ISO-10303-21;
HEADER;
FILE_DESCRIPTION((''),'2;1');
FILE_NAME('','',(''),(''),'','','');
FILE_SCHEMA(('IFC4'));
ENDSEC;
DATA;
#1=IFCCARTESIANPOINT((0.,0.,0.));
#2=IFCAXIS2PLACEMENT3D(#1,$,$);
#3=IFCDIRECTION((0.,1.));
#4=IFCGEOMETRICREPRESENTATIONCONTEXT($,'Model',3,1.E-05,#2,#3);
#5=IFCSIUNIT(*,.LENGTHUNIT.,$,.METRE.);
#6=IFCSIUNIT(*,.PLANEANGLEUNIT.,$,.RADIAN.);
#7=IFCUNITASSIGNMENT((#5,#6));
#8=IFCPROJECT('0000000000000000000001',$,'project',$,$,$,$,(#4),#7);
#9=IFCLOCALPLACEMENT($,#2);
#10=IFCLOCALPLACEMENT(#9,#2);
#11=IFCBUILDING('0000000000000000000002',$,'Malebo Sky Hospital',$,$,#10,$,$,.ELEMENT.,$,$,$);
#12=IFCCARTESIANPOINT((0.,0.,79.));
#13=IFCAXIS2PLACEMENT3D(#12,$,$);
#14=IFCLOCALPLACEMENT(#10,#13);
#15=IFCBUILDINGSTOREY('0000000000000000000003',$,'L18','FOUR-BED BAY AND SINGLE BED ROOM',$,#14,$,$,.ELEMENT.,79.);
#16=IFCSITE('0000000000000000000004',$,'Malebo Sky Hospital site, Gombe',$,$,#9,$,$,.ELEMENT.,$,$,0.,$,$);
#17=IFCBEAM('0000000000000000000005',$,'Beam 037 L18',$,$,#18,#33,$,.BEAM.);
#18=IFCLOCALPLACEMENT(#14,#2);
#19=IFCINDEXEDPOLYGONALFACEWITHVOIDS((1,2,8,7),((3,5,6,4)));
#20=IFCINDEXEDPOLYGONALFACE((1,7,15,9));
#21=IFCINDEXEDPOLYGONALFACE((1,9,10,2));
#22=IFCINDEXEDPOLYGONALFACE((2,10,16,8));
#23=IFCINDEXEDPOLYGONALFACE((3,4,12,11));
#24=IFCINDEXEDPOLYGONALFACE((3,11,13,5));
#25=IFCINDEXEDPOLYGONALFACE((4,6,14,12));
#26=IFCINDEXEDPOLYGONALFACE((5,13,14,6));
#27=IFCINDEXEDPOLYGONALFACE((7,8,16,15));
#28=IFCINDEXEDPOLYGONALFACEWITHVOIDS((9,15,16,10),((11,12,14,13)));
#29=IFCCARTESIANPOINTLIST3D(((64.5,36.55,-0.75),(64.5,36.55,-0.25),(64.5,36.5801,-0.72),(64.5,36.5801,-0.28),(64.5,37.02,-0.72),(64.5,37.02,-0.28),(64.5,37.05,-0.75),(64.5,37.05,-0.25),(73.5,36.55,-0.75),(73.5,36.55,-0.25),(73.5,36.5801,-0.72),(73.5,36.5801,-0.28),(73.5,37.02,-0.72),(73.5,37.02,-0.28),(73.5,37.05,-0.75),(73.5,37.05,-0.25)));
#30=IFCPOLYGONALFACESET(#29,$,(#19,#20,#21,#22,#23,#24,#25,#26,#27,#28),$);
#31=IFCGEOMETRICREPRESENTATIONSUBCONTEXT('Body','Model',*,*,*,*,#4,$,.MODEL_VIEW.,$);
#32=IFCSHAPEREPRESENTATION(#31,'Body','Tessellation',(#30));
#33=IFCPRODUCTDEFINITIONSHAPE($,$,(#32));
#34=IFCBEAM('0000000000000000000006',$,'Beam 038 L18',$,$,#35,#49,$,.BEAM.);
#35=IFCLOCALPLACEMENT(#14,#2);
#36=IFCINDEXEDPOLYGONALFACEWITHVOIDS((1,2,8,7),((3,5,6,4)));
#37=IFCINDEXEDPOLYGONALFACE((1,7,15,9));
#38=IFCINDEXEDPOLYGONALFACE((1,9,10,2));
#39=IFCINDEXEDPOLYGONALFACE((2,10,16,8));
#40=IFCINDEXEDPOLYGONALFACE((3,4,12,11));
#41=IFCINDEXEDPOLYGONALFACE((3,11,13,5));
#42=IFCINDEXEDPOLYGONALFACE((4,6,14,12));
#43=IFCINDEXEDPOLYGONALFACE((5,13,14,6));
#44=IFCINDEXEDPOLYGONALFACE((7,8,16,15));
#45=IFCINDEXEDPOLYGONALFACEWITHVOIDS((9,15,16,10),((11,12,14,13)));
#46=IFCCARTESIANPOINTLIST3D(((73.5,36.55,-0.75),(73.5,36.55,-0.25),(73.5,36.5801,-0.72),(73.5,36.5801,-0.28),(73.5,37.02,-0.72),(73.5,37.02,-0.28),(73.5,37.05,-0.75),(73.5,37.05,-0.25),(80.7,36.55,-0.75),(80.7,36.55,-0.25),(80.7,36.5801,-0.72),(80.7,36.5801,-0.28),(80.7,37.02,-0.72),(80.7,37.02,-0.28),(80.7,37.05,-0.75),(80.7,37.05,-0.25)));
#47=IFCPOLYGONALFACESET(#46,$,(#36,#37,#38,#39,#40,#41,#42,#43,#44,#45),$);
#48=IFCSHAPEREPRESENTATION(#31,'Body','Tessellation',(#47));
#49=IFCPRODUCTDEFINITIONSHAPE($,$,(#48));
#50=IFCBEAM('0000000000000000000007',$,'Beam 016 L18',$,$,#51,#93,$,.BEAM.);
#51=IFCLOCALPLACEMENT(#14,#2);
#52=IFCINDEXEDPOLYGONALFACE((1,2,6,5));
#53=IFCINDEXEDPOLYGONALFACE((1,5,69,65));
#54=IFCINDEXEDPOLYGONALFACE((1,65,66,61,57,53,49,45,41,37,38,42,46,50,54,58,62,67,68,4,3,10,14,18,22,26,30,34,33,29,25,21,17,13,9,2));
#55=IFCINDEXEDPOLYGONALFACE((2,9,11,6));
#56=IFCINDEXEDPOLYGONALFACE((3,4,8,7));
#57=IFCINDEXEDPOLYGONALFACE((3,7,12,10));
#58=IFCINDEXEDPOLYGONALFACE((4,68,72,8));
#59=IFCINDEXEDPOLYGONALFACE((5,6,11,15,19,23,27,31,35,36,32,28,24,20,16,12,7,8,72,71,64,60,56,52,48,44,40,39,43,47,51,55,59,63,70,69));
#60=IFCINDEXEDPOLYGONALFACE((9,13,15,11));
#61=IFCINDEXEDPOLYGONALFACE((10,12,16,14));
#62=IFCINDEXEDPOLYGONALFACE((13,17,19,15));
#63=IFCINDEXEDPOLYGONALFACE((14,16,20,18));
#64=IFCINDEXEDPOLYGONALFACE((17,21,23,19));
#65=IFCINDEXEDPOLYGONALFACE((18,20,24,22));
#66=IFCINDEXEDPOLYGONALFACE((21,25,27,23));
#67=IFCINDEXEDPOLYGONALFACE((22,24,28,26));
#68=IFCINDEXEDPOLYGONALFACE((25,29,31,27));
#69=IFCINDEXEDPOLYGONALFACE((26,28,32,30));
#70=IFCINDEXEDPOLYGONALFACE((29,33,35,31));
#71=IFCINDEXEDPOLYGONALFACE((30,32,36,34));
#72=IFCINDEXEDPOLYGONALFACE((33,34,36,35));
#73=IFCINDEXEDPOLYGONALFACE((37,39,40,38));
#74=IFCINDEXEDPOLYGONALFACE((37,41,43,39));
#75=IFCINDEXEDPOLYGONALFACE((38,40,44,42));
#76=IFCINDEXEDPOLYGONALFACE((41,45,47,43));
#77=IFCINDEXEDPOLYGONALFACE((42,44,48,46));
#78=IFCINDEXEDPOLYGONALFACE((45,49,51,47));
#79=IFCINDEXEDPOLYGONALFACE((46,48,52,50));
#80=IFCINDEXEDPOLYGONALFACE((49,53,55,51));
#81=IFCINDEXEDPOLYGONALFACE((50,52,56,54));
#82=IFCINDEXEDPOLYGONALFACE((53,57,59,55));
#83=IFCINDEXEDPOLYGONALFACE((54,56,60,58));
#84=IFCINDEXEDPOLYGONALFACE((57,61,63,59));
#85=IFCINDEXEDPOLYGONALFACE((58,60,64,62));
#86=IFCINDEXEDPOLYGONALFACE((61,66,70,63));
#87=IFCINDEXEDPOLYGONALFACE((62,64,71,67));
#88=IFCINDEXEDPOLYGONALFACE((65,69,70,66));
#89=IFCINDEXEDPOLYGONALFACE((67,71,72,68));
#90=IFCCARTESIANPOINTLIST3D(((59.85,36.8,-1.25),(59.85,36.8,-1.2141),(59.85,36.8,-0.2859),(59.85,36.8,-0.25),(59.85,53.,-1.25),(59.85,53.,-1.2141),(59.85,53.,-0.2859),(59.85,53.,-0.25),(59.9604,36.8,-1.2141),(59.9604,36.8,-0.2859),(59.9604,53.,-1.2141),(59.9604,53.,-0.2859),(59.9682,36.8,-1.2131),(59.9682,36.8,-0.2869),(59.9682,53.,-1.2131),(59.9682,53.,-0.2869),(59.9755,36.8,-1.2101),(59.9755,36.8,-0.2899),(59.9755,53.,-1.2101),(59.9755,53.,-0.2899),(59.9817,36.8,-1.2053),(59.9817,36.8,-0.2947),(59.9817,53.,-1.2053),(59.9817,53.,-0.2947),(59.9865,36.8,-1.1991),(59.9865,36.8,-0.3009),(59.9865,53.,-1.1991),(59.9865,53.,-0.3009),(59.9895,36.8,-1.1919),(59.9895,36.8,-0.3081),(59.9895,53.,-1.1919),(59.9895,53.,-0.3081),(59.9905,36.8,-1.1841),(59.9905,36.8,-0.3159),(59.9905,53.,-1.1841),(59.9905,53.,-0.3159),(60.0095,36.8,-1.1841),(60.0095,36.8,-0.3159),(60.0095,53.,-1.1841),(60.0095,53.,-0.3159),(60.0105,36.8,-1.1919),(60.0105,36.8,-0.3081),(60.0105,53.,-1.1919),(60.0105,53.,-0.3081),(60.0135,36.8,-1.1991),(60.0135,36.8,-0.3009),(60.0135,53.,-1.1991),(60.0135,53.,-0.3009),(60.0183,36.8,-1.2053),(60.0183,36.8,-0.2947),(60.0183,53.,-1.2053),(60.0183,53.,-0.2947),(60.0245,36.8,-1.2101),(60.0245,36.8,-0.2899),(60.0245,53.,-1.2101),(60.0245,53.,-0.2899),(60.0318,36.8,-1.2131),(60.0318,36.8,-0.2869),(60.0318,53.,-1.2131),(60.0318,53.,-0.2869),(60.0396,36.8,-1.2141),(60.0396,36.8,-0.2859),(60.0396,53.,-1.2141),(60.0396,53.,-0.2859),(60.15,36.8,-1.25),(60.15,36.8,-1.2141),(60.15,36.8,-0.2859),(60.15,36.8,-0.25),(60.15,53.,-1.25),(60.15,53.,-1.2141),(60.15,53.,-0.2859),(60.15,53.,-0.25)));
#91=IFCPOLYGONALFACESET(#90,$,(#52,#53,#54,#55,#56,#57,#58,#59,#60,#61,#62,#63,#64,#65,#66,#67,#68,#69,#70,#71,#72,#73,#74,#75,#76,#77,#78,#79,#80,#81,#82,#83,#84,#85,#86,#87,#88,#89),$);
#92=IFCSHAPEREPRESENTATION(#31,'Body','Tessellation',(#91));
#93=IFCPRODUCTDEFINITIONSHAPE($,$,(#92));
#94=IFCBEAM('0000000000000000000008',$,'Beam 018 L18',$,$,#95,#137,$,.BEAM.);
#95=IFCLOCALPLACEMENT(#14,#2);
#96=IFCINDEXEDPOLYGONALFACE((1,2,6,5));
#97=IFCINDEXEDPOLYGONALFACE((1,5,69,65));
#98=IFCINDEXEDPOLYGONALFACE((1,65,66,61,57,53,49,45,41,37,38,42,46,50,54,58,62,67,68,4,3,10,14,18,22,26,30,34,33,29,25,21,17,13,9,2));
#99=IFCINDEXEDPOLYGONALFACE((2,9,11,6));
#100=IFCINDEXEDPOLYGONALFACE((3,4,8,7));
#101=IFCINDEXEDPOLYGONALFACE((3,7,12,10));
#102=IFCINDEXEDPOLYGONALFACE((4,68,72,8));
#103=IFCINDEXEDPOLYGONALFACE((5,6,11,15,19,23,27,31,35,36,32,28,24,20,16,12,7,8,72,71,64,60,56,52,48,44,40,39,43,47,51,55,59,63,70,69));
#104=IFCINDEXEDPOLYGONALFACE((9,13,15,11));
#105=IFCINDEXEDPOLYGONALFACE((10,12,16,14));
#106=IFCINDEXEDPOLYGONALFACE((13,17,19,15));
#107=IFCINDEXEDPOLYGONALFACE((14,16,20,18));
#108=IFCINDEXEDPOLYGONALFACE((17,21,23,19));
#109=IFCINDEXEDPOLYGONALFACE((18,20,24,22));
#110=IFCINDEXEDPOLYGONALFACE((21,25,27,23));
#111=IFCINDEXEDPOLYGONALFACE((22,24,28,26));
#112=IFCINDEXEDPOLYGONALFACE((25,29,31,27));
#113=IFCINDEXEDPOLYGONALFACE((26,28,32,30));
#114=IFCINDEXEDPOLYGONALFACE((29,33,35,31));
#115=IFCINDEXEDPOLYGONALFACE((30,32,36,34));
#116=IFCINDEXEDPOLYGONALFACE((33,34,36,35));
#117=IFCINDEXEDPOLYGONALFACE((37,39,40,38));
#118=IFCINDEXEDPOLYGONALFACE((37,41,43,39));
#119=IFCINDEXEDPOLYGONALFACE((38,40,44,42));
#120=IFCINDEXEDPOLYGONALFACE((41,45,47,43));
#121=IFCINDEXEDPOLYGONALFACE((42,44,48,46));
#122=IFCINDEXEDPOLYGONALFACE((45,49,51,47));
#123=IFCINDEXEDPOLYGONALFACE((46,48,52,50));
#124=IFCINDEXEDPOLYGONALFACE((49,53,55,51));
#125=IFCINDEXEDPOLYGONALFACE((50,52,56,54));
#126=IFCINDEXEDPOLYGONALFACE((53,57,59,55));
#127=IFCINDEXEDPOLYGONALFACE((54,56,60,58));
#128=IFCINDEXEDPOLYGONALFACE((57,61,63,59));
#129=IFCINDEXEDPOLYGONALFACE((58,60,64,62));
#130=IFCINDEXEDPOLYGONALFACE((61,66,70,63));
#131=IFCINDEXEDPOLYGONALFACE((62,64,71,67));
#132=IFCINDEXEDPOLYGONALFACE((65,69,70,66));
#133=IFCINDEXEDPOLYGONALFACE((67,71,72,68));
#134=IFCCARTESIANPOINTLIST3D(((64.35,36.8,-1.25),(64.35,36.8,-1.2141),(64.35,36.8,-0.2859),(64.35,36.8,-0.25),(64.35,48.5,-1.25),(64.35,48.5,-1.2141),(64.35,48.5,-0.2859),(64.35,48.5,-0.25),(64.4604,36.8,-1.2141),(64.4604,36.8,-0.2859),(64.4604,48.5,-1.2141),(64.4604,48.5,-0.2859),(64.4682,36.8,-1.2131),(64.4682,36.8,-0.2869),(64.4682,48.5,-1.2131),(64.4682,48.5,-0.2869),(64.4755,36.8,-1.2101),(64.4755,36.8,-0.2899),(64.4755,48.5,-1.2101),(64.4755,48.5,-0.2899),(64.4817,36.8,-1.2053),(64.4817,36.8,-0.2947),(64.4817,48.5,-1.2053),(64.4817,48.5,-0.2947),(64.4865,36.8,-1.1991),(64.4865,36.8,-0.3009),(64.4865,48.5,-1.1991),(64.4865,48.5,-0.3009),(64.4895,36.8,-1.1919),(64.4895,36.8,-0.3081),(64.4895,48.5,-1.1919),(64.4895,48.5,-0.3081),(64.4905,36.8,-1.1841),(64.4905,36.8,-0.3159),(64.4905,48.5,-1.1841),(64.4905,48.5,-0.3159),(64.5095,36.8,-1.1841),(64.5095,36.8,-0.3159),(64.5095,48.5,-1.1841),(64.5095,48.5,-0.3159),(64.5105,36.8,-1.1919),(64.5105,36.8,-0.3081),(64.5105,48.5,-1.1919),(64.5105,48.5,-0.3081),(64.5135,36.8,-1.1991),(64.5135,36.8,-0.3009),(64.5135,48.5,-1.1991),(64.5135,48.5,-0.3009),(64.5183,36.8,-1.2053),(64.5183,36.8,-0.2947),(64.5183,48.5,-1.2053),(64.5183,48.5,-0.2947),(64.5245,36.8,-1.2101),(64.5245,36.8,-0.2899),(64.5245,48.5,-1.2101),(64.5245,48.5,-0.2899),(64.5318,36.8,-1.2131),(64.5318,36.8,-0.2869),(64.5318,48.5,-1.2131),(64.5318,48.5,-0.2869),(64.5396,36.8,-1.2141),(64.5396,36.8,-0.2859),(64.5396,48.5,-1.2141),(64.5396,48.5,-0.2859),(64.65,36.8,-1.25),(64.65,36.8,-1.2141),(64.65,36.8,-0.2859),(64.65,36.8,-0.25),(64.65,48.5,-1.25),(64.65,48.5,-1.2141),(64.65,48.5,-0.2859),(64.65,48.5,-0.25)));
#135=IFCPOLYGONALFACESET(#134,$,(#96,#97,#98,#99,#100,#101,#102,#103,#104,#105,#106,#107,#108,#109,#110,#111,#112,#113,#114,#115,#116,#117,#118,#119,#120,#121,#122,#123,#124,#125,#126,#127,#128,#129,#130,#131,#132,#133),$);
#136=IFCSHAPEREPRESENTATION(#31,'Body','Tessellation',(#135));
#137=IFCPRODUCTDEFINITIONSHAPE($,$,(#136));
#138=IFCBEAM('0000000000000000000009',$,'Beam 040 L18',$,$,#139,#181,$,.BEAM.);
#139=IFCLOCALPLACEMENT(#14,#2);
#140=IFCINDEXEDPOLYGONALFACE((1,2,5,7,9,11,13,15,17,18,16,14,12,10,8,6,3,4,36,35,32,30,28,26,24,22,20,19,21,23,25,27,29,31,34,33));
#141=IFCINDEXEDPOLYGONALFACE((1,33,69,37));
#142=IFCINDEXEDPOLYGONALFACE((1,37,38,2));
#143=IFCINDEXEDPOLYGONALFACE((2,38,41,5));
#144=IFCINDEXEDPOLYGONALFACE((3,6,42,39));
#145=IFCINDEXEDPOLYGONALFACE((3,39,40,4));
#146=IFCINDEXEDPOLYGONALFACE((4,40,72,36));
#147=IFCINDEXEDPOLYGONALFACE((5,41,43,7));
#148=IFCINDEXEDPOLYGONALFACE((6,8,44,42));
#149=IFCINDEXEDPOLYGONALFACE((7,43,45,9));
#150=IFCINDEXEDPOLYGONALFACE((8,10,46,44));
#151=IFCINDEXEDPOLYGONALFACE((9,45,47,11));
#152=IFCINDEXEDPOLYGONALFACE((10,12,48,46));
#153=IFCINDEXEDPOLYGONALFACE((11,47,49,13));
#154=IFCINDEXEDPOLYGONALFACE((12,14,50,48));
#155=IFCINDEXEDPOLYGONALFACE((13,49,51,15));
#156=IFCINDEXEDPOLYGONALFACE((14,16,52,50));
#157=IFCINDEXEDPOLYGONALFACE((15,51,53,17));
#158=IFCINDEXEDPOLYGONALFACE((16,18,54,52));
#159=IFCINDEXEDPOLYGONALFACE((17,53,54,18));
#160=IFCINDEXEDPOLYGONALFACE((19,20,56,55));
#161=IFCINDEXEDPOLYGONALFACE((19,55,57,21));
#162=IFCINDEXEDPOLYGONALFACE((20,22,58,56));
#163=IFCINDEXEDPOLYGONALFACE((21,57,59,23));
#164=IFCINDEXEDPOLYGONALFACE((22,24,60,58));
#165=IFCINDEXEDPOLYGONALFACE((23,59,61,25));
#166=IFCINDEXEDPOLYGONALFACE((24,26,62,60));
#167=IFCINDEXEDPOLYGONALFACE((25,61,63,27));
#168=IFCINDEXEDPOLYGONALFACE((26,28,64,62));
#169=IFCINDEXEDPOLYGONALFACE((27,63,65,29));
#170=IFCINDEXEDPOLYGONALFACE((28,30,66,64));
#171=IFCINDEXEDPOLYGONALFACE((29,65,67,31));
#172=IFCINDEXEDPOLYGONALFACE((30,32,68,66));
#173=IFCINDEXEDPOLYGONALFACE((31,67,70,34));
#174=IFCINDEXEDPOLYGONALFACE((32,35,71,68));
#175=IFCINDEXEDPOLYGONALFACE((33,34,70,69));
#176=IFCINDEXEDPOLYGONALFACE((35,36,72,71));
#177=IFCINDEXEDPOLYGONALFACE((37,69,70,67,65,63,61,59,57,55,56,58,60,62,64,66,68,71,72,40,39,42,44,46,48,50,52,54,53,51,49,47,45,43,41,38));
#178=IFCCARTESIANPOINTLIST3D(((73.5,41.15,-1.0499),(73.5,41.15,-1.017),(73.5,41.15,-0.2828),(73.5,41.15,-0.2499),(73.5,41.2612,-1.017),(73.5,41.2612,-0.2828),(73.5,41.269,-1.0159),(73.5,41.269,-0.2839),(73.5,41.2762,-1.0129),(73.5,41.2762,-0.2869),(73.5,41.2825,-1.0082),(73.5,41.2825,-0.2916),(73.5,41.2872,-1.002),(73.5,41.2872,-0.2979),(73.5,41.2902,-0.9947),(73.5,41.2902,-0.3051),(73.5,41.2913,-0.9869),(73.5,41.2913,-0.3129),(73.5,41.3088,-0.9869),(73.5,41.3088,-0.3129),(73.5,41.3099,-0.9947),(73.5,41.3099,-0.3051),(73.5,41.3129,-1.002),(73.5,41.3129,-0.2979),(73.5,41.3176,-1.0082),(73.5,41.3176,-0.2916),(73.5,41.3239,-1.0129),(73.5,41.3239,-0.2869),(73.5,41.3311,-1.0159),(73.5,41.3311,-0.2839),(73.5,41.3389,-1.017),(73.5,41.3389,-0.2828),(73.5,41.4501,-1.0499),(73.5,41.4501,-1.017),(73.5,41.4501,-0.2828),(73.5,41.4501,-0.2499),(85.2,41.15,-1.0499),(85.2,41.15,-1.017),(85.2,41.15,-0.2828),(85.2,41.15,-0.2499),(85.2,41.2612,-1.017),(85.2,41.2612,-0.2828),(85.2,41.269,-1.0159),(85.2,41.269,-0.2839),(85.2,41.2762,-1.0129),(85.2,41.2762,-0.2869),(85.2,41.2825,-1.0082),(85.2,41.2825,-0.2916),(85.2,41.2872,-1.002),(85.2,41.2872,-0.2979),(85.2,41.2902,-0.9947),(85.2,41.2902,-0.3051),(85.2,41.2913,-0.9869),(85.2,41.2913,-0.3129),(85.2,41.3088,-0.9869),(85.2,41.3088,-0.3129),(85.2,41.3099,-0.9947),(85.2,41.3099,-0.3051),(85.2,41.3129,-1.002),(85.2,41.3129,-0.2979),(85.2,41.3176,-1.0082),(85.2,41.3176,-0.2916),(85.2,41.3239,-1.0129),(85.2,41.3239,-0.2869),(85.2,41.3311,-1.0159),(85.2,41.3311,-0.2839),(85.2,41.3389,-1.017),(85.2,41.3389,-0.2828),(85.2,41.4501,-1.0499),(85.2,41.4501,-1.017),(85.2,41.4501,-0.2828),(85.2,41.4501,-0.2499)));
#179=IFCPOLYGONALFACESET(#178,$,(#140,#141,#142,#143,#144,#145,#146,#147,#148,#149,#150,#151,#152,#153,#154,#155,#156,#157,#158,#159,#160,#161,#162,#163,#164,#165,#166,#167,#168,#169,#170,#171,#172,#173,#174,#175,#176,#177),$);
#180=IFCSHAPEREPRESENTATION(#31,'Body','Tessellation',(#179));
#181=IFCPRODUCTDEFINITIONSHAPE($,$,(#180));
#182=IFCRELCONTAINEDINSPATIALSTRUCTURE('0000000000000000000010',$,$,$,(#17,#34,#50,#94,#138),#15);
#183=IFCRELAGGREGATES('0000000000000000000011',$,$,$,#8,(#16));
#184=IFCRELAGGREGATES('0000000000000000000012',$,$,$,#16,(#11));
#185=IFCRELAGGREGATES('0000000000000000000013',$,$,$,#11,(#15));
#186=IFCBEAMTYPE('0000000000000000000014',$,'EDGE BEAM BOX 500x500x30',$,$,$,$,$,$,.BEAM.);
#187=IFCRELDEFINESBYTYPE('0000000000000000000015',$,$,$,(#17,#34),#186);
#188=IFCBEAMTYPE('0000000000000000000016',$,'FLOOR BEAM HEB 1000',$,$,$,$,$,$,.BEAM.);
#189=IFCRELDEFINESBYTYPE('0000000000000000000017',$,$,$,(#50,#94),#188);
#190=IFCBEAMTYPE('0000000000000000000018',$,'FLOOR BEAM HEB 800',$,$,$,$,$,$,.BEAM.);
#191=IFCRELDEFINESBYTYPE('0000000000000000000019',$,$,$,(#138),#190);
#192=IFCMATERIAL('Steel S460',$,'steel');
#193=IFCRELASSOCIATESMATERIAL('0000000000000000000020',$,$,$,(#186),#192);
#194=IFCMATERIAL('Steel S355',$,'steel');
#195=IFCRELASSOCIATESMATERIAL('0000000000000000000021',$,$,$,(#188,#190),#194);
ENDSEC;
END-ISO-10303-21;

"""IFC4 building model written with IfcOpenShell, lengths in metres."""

from ifc_helpers import new_model, si_unit, direction, frame, origin, origin_2d, place, context, subcontext, project, spatial, hollow_rectangle, i_section, extrude, material, material_profile, profile_set, type_object, element, save


model = new_model("IFC4")

# Units and contexts
model_context = context("Model", 3, precision=1e-05, world=origin(), true_north=direction((0.0, 1.0)))
body_context = subcontext(model_context, "Body", "Model", "MODEL_VIEW")
ifc_project = project(units=[si_unit("LENGTHUNIT", "METRE"), si_unit("PLANEANGLEUNIT", "RADIAN")], contexts=[model_context])

# Site, building, storey
site_placement = place(None, origin())
site = spatial("IfcSite", under=ifc_project, at=site_placement, Name="Malebo Sky Hospital site, Gombe", CompositionType="ELEMENT", RefElevation=0.0)
building_placement = place(site_placement, origin())
building = spatial("IfcBuilding", under=site, at=building_placement, Name="Malebo Sky Hospital", CompositionType="ELEMENT")
storey_placement = place(building_placement, frame((0.0, 0.0, 79.0)))
storey = spatial("IfcBuildingStorey", under=building, at=storey_placement, Name="L18", Description="FOUR-BED BAY AND SINGLE BED ROOM", CompositionType="ELEMENT", Elevation=79.0)

# Shared definitions
ifc_material_1 = material(Name="Steel S460", Category="steel")

# Shared definitions
ifc_material_2 = material(Name="Steel S355", Category="steel")

# Beams
ifc_material_profile_1 = material_profile(ifc_material_1, hollow_rectangle(XDim=0.5, YDim=0.5, WallThickness=0.03, at=origin_2d()), Name="BOX 500x500x30")
ifc_profile_set_1 = profile_set([ifc_material_profile_1], Name="Steel S460")
beam_type_1 = type_object("IfcBeamType", Name="EDGE BEAM BOX 500x500x30", PredefinedType="BEAM", material=ifc_profile_set_1)
beam_1_placement = place(storey_placement, frame((64.5, 36.8, -0.5), z_axis=(1.0, 0.0, 0.0), x_axis=(0.0, 1.0, 0.0)))
element("IfcBeam", 1, at=beam_1_placement, inside=storey, type_object=beam_type_1, Name="Beam 037 L18", PredefinedType="BEAM", context=body_context, shape_type="SweptSolid", body=[
    extrude(hollow_rectangle(XDim=0.5, YDim=0.5, WallThickness=0.03, at=origin_2d()), origin(), (0.0, 0.0, 1.0), 9.0),
])
beam_2_placement = place(storey_placement, frame((73.5, 36.8, -0.5), z_axis=(1.0, 0.0, 0.0), x_axis=(0.0, 1.0, 0.0)))
element("IfcBeam", 2, at=beam_2_placement, inside=storey, type_object=beam_type_1, Name="Beam 038 L18", PredefinedType="BEAM", context=body_context, shape_type="SweptSolid", body=[
    extrude(hollow_rectangle(XDim=0.5, YDim=0.5, WallThickness=0.03, at=origin_2d()), origin(), (0.0, 0.0, 1.0), 7.2),
])
ifc_material_profile_2 = material_profile(ifc_material_2, i_section(OverallWidth=0.3, OverallDepth=1.0, WebThickness=0.019, FlangeThickness=0.0359, FilletRadius=0.03, at=origin_2d()), Name="HEB 1000")
ifc_profile_set_2 = profile_set([ifc_material_profile_2], Name="Steel S355")
beam_type_2 = type_object("IfcBeamType", Name="FLOOR BEAM HEB 1000", PredefinedType="BEAM", material=ifc_profile_set_2)
beam_3_placement = place(storey_placement, frame((60.0, 36.8, -0.75), z_axis=(0.0, 1.0, 0.0), x_axis=(-1.0, 0.0, 0.0)))
element("IfcBeam", 3, at=beam_3_placement, inside=storey, type_object=beam_type_2, Name="Beam 016 L18", PredefinedType="BEAM", context=body_context, shape_type="SweptSolid", body=[
    extrude(i_section(OverallWidth=0.3, OverallDepth=1.0, WebThickness=0.019, FlangeThickness=0.0359, FilletRadius=0.03, at=origin_2d()), origin(), (0.0, 0.0, 1.0), 16.2),
])
beam_4_placement = place(storey_placement, frame((64.5, 36.8, -0.75), z_axis=(0.0, 1.0, 0.0), x_axis=(-1.0, 0.0, 0.0)))
element("IfcBeam", 4, at=beam_4_placement, inside=storey, type_object=beam_type_2, Name="Beam 018 L18", PredefinedType="BEAM", context=body_context, shape_type="SweptSolid", body=[
    extrude(i_section(OverallWidth=0.3, OverallDepth=1.0, WebThickness=0.019, FlangeThickness=0.0359, FilletRadius=0.03, at=origin_2d()), origin(), (0.0, 0.0, 1.0), 11.7),
])
ifc_material_profile_3 = material_profile(ifc_material_2, i_section(OverallWidth=0.3, OverallDepth=0.8, WebThickness=0.0176, FlangeThickness=0.033, FilletRadius=0.03, at=origin_2d()), Name="HEB 800")
ifc_profile_set_3 = profile_set([ifc_material_profile_3], Name="Steel S355")
beam_type_3 = type_object("IfcBeamType", Name="FLOOR BEAM HEB 800", PredefinedType="BEAM", material=ifc_profile_set_3)
beam_5_placement = place(storey_placement, frame((73.5, 41.3, -0.6499), z_axis=(1.0, 0.0, 0.0), x_axis=(0.0, 1.0, 0.0)))
element("IfcBeam", 5, at=beam_5_placement, inside=storey, type_object=beam_type_3, Name="Beam 040 L18", PredefinedType="BEAM", context=body_context, shape_type="SweptSolid", body=[
    extrude(i_section(OverallWidth=0.3, OverallDepth=0.8, WebThickness=0.0176, FlangeThickness=0.033, FilletRadius=0.03, at=origin_2d()), origin(), (0.0, 0.0, 1.0), 11.7),
])

save(model, "model.ifc")
